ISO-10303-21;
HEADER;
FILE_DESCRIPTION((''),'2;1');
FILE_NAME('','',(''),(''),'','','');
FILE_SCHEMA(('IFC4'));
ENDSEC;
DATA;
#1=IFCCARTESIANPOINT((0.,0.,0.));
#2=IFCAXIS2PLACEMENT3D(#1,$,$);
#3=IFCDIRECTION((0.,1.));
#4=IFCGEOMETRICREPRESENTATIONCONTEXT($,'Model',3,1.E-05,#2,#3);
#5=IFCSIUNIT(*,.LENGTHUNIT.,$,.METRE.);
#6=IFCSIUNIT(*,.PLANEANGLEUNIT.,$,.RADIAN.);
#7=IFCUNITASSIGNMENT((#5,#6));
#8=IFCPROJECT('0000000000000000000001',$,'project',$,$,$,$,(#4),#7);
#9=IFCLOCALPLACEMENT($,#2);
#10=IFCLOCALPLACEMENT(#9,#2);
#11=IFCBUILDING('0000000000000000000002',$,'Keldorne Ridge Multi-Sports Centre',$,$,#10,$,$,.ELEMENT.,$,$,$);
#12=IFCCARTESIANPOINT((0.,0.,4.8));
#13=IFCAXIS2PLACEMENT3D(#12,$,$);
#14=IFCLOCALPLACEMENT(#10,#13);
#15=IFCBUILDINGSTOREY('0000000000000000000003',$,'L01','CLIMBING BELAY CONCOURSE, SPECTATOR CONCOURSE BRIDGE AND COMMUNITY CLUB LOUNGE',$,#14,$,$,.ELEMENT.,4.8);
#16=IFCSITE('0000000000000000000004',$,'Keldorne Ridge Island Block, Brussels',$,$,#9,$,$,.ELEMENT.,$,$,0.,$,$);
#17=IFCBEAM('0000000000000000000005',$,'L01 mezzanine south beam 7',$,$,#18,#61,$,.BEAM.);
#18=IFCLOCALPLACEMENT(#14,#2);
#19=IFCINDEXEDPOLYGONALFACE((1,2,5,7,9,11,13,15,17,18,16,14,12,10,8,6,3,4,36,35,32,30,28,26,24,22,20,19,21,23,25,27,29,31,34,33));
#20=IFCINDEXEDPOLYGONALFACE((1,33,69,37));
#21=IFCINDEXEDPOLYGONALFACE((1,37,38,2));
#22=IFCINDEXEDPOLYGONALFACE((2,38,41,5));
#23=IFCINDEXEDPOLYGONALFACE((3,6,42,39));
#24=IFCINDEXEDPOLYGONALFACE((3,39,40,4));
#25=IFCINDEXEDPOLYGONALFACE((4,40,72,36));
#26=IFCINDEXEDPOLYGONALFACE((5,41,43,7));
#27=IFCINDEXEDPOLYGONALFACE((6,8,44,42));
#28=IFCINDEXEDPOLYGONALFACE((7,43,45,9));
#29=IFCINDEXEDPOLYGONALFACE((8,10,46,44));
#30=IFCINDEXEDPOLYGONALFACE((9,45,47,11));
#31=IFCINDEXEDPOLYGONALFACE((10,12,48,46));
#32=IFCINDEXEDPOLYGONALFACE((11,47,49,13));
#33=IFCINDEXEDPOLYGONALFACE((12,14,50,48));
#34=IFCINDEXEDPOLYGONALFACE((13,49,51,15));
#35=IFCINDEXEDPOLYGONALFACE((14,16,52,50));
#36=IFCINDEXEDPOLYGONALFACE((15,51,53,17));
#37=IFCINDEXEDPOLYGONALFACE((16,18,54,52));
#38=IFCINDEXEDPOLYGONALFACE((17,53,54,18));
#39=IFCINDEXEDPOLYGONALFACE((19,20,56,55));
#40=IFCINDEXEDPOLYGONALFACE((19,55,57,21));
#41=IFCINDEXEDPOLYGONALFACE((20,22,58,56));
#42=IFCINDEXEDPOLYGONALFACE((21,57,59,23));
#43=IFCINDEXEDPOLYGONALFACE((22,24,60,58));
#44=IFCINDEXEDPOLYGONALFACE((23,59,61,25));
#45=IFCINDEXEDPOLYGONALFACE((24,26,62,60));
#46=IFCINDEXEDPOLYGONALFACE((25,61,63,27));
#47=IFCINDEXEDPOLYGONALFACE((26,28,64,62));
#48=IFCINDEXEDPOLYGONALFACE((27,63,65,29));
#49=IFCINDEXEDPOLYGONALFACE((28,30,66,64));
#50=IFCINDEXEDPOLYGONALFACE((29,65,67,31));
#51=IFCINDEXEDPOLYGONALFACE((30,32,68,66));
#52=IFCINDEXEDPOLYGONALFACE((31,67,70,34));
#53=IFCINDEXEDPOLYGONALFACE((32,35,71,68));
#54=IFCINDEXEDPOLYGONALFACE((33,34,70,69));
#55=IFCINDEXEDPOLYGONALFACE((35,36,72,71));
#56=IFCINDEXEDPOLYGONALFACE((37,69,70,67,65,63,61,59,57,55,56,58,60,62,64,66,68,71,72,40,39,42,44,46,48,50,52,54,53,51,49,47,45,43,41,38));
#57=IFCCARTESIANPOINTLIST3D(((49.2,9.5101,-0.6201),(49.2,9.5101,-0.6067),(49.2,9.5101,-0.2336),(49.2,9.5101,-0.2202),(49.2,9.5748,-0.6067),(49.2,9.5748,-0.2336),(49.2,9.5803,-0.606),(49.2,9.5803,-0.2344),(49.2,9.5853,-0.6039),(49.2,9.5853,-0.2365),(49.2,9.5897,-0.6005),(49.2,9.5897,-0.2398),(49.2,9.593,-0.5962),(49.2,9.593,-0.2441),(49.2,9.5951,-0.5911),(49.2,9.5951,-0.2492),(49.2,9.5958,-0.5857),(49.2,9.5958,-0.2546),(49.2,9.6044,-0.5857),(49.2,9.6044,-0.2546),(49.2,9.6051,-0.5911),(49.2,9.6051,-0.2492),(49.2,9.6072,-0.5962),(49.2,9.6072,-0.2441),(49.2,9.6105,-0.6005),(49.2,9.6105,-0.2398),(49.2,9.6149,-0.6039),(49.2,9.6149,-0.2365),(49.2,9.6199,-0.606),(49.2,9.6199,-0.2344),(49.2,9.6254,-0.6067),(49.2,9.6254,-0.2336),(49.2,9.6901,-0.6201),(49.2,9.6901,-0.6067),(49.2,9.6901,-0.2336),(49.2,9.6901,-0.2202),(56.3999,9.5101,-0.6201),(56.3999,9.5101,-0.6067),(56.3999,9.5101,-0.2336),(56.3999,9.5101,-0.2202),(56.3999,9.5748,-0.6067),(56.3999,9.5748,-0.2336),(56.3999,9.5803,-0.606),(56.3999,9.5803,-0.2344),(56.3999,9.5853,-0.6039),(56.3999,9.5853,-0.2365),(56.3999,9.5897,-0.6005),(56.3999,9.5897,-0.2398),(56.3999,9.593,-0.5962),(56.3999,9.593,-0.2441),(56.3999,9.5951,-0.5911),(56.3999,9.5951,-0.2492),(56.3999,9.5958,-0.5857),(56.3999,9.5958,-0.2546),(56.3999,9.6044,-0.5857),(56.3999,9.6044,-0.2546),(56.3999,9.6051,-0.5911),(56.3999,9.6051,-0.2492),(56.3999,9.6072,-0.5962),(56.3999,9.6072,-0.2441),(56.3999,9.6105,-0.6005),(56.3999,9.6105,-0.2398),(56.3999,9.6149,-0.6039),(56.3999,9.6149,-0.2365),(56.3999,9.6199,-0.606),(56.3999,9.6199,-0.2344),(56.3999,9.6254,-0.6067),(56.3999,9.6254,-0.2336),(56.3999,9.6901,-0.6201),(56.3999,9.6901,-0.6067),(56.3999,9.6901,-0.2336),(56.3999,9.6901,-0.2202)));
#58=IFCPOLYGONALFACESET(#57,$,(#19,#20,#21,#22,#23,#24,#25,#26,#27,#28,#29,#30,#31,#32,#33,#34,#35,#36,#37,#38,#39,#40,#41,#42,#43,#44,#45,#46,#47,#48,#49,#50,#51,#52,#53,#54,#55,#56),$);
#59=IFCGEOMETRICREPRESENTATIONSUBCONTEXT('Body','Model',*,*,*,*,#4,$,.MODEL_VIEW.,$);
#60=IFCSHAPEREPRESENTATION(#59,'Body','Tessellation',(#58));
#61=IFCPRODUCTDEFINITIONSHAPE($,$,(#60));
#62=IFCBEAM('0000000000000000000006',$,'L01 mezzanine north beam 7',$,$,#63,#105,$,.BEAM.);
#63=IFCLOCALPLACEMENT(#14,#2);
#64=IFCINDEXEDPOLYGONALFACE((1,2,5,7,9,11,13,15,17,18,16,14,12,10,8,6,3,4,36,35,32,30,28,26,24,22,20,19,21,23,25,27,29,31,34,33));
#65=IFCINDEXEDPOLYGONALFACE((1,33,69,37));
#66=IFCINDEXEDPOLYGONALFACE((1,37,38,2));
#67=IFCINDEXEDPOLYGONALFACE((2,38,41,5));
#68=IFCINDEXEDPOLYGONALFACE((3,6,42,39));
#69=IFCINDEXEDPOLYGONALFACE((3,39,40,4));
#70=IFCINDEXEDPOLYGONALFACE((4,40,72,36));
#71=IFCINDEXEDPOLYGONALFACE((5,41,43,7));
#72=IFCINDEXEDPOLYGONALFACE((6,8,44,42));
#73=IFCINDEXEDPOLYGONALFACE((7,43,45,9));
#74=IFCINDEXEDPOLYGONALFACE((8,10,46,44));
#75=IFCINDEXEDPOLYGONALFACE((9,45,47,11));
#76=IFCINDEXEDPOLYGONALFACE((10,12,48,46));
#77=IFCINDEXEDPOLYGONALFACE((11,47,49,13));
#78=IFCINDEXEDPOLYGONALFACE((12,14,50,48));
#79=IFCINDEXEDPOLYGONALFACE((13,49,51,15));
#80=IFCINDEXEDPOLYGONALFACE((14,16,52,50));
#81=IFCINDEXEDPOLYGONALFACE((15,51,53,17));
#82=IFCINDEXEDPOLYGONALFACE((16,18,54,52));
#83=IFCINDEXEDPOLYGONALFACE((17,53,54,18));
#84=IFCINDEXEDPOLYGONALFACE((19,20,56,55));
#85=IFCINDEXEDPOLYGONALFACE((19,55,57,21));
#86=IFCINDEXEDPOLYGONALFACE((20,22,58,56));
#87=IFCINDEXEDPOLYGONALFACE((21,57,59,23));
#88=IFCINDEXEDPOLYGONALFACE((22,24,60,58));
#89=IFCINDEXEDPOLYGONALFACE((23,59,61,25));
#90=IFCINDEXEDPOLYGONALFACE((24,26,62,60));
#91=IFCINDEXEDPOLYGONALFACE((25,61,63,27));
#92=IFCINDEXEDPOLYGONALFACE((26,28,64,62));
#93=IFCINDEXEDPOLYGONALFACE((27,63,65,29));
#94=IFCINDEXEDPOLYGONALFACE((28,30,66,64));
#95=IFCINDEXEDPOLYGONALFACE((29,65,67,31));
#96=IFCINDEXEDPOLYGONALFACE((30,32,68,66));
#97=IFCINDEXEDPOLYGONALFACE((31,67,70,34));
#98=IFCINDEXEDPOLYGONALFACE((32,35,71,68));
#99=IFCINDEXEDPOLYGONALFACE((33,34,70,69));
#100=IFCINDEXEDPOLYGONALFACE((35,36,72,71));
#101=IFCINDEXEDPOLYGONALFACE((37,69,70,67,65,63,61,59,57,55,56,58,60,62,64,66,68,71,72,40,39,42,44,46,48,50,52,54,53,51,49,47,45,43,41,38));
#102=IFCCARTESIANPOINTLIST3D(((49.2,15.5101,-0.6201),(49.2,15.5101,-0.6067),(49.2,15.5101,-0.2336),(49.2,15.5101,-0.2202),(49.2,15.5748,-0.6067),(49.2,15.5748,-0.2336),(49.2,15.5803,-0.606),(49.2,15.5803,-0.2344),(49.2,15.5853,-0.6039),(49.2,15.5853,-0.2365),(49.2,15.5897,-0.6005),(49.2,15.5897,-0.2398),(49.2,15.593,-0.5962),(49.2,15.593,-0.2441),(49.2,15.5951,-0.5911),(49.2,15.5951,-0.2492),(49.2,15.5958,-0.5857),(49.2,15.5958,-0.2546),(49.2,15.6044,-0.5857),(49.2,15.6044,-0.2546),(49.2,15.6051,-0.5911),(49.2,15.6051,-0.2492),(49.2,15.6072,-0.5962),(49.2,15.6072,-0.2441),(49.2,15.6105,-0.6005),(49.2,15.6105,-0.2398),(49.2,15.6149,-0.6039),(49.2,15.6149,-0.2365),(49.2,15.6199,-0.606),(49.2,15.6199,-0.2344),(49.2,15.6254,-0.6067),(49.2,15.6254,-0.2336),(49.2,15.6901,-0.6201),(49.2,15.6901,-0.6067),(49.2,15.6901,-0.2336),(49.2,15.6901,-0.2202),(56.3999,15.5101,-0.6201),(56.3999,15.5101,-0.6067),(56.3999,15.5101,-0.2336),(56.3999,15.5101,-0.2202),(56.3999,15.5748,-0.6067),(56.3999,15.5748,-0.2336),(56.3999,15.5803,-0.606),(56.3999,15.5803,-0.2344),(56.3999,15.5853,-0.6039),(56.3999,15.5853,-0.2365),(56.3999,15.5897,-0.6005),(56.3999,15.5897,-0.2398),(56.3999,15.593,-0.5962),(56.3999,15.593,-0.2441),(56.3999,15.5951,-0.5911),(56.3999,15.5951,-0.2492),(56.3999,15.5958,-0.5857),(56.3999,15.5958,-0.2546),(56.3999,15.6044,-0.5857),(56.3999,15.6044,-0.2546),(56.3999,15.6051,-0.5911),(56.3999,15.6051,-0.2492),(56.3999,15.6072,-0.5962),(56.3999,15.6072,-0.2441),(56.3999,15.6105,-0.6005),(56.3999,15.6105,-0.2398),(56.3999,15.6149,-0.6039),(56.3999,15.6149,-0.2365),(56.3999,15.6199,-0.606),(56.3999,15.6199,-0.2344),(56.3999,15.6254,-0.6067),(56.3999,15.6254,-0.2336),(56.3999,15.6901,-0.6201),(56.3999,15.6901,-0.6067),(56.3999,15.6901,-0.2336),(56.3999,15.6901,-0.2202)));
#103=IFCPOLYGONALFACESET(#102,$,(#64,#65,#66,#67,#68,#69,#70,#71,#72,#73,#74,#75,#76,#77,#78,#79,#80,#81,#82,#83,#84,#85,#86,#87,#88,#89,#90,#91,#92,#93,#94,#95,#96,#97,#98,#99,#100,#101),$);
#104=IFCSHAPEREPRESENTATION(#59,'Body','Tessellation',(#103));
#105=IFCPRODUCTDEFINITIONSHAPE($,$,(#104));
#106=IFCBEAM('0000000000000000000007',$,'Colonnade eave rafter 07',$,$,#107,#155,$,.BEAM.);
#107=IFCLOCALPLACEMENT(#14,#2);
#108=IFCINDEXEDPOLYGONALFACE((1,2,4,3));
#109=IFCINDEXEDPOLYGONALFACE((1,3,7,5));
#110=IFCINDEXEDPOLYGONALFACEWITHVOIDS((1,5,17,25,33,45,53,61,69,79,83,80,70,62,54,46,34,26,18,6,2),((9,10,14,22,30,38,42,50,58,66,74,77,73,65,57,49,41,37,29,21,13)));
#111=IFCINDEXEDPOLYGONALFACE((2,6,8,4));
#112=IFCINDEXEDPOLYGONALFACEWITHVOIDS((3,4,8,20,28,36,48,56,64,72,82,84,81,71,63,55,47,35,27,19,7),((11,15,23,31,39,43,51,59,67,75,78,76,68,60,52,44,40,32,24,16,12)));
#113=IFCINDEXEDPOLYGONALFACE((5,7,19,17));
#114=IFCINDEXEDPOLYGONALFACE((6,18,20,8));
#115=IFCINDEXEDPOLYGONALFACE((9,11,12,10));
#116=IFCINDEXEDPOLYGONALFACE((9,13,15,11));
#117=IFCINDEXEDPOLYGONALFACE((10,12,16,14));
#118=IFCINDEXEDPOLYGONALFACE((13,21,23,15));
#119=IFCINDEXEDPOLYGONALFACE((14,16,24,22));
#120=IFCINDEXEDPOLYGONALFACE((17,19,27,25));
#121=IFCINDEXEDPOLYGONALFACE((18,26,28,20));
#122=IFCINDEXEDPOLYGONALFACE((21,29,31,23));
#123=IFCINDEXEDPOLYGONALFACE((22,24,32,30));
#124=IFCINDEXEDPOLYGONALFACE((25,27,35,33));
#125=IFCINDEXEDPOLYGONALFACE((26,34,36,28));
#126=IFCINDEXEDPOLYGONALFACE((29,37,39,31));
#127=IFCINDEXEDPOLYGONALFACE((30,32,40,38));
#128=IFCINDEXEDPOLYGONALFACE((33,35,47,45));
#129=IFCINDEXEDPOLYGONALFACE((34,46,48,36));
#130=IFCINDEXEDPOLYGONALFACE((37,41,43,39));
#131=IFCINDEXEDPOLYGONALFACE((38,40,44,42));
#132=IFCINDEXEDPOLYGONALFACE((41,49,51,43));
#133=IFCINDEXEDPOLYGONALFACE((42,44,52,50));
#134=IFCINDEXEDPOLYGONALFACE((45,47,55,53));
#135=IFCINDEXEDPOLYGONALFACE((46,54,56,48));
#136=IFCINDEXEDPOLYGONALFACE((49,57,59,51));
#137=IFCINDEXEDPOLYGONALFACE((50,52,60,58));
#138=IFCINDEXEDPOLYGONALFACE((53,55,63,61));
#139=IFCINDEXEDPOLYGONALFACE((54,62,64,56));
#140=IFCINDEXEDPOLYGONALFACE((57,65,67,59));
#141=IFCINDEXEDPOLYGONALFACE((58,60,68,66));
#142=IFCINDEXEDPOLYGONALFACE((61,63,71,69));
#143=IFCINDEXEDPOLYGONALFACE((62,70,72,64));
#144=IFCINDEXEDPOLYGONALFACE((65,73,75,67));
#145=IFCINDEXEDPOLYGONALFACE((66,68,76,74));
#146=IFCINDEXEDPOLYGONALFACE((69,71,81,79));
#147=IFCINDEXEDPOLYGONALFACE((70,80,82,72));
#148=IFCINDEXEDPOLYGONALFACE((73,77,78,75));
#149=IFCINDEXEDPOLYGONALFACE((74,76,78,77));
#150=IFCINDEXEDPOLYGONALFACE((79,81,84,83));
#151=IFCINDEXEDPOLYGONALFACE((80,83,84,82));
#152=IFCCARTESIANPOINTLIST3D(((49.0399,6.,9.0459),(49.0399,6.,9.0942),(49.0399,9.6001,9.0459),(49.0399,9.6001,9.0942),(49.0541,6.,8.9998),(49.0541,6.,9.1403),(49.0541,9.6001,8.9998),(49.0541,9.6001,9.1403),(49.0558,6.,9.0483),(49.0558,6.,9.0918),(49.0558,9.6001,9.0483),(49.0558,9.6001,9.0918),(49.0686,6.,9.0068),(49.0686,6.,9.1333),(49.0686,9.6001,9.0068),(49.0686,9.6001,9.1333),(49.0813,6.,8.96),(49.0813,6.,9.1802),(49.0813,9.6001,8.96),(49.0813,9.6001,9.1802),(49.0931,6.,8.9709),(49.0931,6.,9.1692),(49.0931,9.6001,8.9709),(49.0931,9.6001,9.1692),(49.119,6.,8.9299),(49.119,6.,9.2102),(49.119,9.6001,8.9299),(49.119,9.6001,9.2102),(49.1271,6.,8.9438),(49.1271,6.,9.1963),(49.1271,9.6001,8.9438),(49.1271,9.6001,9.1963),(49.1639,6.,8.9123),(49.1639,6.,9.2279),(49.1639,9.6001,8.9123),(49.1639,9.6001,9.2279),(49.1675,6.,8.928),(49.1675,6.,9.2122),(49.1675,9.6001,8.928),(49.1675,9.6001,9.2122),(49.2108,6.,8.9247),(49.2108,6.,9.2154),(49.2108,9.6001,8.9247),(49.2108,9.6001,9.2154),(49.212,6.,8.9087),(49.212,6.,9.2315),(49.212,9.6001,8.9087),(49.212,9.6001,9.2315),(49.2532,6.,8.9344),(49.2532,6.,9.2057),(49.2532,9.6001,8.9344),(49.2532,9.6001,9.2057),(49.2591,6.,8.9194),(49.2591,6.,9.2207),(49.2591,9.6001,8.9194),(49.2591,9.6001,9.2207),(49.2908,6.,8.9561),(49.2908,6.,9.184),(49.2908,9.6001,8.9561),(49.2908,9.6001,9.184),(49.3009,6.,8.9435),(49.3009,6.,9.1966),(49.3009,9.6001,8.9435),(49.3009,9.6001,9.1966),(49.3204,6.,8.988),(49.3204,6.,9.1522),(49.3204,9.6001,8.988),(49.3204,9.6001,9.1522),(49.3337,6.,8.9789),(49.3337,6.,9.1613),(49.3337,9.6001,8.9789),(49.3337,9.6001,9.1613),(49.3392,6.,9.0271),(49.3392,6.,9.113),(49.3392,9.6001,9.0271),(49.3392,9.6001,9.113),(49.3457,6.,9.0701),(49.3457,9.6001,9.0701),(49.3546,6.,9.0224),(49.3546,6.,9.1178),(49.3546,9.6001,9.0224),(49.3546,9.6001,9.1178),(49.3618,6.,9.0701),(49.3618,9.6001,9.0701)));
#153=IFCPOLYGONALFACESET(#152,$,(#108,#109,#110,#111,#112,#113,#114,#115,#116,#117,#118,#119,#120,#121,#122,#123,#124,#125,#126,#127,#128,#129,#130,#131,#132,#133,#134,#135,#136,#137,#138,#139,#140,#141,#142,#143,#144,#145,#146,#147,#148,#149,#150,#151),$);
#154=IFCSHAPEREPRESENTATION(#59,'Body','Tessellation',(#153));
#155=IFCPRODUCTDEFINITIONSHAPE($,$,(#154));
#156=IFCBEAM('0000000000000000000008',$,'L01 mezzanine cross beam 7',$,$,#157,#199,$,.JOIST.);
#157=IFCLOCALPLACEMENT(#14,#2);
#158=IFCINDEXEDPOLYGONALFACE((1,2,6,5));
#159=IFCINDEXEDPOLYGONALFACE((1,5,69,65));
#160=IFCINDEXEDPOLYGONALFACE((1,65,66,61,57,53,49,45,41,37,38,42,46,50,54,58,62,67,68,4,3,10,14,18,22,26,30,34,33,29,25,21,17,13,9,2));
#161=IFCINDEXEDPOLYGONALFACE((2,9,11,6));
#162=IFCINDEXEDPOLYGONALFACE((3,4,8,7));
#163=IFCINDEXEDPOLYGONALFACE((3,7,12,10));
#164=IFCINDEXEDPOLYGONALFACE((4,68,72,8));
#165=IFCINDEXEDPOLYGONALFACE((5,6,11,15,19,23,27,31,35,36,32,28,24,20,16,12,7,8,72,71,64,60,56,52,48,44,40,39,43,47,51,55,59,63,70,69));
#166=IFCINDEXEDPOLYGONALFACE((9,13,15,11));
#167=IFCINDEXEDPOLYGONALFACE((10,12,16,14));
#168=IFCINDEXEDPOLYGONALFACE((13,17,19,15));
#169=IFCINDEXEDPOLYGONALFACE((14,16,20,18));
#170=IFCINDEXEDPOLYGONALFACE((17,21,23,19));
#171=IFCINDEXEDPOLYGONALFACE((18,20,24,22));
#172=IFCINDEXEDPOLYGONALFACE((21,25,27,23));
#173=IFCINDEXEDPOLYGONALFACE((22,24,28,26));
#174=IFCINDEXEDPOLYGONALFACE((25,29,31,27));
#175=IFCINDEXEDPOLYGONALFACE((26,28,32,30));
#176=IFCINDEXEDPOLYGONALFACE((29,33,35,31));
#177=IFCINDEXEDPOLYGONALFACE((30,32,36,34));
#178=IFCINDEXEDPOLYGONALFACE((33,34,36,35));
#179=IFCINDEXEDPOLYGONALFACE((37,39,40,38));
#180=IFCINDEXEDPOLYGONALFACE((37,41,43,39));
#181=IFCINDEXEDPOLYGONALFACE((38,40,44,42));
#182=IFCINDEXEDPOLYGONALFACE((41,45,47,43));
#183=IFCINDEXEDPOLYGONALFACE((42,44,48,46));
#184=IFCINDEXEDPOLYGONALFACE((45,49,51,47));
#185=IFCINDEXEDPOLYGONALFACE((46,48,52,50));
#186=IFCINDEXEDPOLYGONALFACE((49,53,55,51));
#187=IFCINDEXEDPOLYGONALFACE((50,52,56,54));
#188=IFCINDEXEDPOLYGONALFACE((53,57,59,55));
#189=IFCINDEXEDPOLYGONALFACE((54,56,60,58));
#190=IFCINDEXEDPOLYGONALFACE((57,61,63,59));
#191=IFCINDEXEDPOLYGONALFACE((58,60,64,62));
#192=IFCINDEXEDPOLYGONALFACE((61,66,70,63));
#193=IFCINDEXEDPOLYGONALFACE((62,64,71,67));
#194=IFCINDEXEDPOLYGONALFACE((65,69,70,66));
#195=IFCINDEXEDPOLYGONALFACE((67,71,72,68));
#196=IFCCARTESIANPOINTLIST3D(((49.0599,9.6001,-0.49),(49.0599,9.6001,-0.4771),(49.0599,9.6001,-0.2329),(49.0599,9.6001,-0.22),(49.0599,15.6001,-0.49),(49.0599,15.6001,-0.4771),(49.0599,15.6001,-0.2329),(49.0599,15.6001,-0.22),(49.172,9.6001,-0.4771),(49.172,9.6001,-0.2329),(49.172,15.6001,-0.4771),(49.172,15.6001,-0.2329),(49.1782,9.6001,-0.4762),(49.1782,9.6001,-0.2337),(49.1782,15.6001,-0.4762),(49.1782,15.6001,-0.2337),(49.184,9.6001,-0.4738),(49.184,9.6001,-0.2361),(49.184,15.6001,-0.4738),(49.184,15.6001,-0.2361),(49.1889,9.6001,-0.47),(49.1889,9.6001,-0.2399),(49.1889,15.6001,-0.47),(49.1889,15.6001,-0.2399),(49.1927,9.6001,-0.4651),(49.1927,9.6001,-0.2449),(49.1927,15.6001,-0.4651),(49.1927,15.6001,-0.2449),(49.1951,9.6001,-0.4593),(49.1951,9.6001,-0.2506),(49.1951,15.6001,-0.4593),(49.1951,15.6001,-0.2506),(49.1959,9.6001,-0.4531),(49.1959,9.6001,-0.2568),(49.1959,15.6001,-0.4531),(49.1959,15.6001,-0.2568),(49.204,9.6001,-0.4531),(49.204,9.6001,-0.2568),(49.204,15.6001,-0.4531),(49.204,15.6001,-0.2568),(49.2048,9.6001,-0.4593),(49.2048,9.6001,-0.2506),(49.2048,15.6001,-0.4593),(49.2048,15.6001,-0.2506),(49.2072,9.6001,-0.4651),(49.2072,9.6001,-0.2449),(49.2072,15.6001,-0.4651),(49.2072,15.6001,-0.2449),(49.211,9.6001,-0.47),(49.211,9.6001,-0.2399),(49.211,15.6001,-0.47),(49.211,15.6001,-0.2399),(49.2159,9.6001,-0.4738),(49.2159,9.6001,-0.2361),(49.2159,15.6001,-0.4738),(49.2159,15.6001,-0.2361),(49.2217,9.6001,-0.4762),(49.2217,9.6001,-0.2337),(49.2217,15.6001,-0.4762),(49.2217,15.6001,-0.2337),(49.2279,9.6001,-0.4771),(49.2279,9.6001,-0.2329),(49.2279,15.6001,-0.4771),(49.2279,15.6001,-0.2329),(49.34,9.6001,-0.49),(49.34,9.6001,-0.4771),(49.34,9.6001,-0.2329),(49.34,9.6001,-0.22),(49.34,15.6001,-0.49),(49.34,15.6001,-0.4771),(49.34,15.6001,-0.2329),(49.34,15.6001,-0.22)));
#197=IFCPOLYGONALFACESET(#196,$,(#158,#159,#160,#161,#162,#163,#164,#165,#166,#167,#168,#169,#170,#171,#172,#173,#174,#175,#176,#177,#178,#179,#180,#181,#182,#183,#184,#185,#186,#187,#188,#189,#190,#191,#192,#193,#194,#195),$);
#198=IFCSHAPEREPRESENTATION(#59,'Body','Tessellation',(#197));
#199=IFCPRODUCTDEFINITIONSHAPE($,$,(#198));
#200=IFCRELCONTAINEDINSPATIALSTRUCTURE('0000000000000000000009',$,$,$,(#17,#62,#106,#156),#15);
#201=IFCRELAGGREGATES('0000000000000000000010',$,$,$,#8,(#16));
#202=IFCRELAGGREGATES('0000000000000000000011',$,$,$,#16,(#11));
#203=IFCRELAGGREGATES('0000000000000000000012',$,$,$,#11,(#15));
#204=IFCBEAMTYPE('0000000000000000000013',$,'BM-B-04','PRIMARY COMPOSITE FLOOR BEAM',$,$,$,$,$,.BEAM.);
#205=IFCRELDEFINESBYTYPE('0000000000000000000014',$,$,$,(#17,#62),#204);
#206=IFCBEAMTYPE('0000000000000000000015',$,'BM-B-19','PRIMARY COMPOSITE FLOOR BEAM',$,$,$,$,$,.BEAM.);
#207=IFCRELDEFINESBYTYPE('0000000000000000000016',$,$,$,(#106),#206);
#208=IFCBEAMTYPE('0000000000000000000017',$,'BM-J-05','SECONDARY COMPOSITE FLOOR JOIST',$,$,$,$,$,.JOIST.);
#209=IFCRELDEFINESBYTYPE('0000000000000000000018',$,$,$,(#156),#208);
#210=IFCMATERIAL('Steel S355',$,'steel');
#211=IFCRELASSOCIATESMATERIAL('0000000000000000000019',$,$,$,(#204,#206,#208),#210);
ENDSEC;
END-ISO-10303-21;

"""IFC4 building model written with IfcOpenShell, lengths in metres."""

from ifc_helpers import new_model, si_unit, direction, frame, origin, origin_2d, place, context, subcontext, project, spatial, hollow_circle, i_section, extrude, material, material_profile, profile_set, type_object, element, save


model = new_model("IFC4")

# Units and contexts
model_context = context("Model", 3, precision=1e-05, world=origin(), true_north=direction((0.0, 1.0)))
body_context = subcontext(model_context, "Body", "Model", "MODEL_VIEW")
ifc_project = project(units=[si_unit("LENGTHUNIT", "METRE"), si_unit("PLANEANGLEUNIT", "RADIAN")], contexts=[model_context])

# Site, building, storey
site_placement = place(None, origin())
site = spatial("IfcSite", under=ifc_project, at=site_placement, Name="Keldorne Ridge Island Block, Brussels", CompositionType="ELEMENT", RefElevation=0.0)
building_placement = place(site_placement, origin())
building = spatial("IfcBuilding", under=site, at=building_placement, Name="Keldorne Ridge Multi-Sports Centre", CompositionType="ELEMENT")
storey_placement = place(building_placement, frame((0.0, 0.0, 4.8)))
storey = spatial("IfcBuildingStorey", under=building, at=storey_placement, Name="L01", Description="CLIMBING BELAY CONCOURSE, SPECTATOR CONCOURSE BRIDGE AND COMMUNITY CLUB LOUNGE", CompositionType="ELEMENT", Elevation=4.8)

# Shared definitions
ifc_material_1 = material(Name="Steel S355", Category="steel")

# Beams
ifc_material_profile_1 = material_profile(ifc_material_1, i_section(OverallWidth=0.1799, OverallDepth=0.3999, WebThickness=0.0085, FlangeThickness=0.0134, FilletRadius=0.021, at=origin_2d()), Name="IPE 400")
ifc_profile_set_1 = profile_set([ifc_material_profile_1], Name="Steel S355")
beam_type_1 = type_object("IfcBeamType", Name="BM-B-04", Description="PRIMARY COMPOSITE FLOOR BEAM", PredefinedType="BEAM", material=ifc_profile_set_1)
for number, where, z_axis, x_axis, name in (
    (1, (49.2, 9.6001, -0.4202), (1.0, 0.0, 0.0), (0.0, 1.0, 0.0), "L01 mezzanine south beam 7"),
    (2, (49.2, 15.6001, -0.4202), (1.0, 0.0, 0.0), (0.0, 1.0, 0.0), "L01 mezzanine north beam 7"),
):
    element("IfcBeam", number, at=place(storey_placement, frame(where, z_axis=z_axis, x_axis=x_axis)), inside=storey, type_object=beam_type_1, Name=name, PredefinedType="BEAM", context=body_context, shape_type="SweptSolid", body=[
        extrude(i_section(OverallWidth=0.1799, OverallDepth=0.3999, WebThickness=0.0085, FlangeThickness=0.0134, FilletRadius=0.021, at=origin_2d()), origin(), (0.0, 0.0, 1.0), 7.2),
    ])
ifc_material_profile_2 = material_profile(ifc_material_1, hollow_circle(Radius=0.1619, WallThickness=0.0161, at=origin_2d()), Name="CHS 323.9x16")
ifc_profile_set_2 = profile_set([ifc_material_profile_2], Name="Steel S355")
beam_type_2 = type_object("IfcBeamType", Name="BM-B-19", Description="PRIMARY COMPOSITE FLOOR BEAM", PredefinedType="BEAM", material=ifc_profile_set_2)
beam_1_placement = place(storey_placement, frame((49.2, 9.6001, 9.0701), z_axis=(0.0, -1.0, 0.0), x_axis=(1.0, 0.0, 0.0)))
element("IfcBeam", 3, at=beam_1_placement, inside=storey, type_object=beam_type_2, Name="Colonnade eave rafter 07", PredefinedType="BEAM", context=body_context, shape_type="SweptSolid", body=[
    extrude(hollow_circle(Radius=0.1619, WallThickness=0.0161, at=origin_2d()), origin(), (0.0, 0.0, 1.0), 3.6001),
])
ifc_material_profile_3 = material_profile(ifc_material_1, i_section(OverallWidth=0.28, OverallDepth=0.27, WebThickness=0.0081, FlangeThickness=0.0129, FilletRadius=0.0239, at=origin_2d()), Name="HEA 280")
ifc_profile_set_3 = profile_set([ifc_material_profile_3], Name="Steel S355")
beam_type_3 = type_object("IfcBeamType", Name="BM-J-05", Description="SECONDARY COMPOSITE FLOOR JOIST", PredefinedType="JOIST", material=ifc_profile_set_3)
beam_2_placement = place(storey_placement, frame((49.2, 9.6001, -0.355), z_axis=(0.0, 1.0, 0.0), x_axis=(-1.0, 0.0, 0.0)))
element("IfcBeam", 4, at=beam_2_placement, inside=storey, type_object=beam_type_3, Name="L01 mezzanine cross beam 7", PredefinedType="JOIST", context=body_context, shape_type="SweptSolid", body=[
    extrude(i_section(OverallWidth=0.28, OverallDepth=0.27, WebThickness=0.0081, FlangeThickness=0.0129, FilletRadius=0.0239, at=origin_2d()), origin(), (0.0, 0.0, 1.0), 6.0),
])

save(model, "model.ifc")
